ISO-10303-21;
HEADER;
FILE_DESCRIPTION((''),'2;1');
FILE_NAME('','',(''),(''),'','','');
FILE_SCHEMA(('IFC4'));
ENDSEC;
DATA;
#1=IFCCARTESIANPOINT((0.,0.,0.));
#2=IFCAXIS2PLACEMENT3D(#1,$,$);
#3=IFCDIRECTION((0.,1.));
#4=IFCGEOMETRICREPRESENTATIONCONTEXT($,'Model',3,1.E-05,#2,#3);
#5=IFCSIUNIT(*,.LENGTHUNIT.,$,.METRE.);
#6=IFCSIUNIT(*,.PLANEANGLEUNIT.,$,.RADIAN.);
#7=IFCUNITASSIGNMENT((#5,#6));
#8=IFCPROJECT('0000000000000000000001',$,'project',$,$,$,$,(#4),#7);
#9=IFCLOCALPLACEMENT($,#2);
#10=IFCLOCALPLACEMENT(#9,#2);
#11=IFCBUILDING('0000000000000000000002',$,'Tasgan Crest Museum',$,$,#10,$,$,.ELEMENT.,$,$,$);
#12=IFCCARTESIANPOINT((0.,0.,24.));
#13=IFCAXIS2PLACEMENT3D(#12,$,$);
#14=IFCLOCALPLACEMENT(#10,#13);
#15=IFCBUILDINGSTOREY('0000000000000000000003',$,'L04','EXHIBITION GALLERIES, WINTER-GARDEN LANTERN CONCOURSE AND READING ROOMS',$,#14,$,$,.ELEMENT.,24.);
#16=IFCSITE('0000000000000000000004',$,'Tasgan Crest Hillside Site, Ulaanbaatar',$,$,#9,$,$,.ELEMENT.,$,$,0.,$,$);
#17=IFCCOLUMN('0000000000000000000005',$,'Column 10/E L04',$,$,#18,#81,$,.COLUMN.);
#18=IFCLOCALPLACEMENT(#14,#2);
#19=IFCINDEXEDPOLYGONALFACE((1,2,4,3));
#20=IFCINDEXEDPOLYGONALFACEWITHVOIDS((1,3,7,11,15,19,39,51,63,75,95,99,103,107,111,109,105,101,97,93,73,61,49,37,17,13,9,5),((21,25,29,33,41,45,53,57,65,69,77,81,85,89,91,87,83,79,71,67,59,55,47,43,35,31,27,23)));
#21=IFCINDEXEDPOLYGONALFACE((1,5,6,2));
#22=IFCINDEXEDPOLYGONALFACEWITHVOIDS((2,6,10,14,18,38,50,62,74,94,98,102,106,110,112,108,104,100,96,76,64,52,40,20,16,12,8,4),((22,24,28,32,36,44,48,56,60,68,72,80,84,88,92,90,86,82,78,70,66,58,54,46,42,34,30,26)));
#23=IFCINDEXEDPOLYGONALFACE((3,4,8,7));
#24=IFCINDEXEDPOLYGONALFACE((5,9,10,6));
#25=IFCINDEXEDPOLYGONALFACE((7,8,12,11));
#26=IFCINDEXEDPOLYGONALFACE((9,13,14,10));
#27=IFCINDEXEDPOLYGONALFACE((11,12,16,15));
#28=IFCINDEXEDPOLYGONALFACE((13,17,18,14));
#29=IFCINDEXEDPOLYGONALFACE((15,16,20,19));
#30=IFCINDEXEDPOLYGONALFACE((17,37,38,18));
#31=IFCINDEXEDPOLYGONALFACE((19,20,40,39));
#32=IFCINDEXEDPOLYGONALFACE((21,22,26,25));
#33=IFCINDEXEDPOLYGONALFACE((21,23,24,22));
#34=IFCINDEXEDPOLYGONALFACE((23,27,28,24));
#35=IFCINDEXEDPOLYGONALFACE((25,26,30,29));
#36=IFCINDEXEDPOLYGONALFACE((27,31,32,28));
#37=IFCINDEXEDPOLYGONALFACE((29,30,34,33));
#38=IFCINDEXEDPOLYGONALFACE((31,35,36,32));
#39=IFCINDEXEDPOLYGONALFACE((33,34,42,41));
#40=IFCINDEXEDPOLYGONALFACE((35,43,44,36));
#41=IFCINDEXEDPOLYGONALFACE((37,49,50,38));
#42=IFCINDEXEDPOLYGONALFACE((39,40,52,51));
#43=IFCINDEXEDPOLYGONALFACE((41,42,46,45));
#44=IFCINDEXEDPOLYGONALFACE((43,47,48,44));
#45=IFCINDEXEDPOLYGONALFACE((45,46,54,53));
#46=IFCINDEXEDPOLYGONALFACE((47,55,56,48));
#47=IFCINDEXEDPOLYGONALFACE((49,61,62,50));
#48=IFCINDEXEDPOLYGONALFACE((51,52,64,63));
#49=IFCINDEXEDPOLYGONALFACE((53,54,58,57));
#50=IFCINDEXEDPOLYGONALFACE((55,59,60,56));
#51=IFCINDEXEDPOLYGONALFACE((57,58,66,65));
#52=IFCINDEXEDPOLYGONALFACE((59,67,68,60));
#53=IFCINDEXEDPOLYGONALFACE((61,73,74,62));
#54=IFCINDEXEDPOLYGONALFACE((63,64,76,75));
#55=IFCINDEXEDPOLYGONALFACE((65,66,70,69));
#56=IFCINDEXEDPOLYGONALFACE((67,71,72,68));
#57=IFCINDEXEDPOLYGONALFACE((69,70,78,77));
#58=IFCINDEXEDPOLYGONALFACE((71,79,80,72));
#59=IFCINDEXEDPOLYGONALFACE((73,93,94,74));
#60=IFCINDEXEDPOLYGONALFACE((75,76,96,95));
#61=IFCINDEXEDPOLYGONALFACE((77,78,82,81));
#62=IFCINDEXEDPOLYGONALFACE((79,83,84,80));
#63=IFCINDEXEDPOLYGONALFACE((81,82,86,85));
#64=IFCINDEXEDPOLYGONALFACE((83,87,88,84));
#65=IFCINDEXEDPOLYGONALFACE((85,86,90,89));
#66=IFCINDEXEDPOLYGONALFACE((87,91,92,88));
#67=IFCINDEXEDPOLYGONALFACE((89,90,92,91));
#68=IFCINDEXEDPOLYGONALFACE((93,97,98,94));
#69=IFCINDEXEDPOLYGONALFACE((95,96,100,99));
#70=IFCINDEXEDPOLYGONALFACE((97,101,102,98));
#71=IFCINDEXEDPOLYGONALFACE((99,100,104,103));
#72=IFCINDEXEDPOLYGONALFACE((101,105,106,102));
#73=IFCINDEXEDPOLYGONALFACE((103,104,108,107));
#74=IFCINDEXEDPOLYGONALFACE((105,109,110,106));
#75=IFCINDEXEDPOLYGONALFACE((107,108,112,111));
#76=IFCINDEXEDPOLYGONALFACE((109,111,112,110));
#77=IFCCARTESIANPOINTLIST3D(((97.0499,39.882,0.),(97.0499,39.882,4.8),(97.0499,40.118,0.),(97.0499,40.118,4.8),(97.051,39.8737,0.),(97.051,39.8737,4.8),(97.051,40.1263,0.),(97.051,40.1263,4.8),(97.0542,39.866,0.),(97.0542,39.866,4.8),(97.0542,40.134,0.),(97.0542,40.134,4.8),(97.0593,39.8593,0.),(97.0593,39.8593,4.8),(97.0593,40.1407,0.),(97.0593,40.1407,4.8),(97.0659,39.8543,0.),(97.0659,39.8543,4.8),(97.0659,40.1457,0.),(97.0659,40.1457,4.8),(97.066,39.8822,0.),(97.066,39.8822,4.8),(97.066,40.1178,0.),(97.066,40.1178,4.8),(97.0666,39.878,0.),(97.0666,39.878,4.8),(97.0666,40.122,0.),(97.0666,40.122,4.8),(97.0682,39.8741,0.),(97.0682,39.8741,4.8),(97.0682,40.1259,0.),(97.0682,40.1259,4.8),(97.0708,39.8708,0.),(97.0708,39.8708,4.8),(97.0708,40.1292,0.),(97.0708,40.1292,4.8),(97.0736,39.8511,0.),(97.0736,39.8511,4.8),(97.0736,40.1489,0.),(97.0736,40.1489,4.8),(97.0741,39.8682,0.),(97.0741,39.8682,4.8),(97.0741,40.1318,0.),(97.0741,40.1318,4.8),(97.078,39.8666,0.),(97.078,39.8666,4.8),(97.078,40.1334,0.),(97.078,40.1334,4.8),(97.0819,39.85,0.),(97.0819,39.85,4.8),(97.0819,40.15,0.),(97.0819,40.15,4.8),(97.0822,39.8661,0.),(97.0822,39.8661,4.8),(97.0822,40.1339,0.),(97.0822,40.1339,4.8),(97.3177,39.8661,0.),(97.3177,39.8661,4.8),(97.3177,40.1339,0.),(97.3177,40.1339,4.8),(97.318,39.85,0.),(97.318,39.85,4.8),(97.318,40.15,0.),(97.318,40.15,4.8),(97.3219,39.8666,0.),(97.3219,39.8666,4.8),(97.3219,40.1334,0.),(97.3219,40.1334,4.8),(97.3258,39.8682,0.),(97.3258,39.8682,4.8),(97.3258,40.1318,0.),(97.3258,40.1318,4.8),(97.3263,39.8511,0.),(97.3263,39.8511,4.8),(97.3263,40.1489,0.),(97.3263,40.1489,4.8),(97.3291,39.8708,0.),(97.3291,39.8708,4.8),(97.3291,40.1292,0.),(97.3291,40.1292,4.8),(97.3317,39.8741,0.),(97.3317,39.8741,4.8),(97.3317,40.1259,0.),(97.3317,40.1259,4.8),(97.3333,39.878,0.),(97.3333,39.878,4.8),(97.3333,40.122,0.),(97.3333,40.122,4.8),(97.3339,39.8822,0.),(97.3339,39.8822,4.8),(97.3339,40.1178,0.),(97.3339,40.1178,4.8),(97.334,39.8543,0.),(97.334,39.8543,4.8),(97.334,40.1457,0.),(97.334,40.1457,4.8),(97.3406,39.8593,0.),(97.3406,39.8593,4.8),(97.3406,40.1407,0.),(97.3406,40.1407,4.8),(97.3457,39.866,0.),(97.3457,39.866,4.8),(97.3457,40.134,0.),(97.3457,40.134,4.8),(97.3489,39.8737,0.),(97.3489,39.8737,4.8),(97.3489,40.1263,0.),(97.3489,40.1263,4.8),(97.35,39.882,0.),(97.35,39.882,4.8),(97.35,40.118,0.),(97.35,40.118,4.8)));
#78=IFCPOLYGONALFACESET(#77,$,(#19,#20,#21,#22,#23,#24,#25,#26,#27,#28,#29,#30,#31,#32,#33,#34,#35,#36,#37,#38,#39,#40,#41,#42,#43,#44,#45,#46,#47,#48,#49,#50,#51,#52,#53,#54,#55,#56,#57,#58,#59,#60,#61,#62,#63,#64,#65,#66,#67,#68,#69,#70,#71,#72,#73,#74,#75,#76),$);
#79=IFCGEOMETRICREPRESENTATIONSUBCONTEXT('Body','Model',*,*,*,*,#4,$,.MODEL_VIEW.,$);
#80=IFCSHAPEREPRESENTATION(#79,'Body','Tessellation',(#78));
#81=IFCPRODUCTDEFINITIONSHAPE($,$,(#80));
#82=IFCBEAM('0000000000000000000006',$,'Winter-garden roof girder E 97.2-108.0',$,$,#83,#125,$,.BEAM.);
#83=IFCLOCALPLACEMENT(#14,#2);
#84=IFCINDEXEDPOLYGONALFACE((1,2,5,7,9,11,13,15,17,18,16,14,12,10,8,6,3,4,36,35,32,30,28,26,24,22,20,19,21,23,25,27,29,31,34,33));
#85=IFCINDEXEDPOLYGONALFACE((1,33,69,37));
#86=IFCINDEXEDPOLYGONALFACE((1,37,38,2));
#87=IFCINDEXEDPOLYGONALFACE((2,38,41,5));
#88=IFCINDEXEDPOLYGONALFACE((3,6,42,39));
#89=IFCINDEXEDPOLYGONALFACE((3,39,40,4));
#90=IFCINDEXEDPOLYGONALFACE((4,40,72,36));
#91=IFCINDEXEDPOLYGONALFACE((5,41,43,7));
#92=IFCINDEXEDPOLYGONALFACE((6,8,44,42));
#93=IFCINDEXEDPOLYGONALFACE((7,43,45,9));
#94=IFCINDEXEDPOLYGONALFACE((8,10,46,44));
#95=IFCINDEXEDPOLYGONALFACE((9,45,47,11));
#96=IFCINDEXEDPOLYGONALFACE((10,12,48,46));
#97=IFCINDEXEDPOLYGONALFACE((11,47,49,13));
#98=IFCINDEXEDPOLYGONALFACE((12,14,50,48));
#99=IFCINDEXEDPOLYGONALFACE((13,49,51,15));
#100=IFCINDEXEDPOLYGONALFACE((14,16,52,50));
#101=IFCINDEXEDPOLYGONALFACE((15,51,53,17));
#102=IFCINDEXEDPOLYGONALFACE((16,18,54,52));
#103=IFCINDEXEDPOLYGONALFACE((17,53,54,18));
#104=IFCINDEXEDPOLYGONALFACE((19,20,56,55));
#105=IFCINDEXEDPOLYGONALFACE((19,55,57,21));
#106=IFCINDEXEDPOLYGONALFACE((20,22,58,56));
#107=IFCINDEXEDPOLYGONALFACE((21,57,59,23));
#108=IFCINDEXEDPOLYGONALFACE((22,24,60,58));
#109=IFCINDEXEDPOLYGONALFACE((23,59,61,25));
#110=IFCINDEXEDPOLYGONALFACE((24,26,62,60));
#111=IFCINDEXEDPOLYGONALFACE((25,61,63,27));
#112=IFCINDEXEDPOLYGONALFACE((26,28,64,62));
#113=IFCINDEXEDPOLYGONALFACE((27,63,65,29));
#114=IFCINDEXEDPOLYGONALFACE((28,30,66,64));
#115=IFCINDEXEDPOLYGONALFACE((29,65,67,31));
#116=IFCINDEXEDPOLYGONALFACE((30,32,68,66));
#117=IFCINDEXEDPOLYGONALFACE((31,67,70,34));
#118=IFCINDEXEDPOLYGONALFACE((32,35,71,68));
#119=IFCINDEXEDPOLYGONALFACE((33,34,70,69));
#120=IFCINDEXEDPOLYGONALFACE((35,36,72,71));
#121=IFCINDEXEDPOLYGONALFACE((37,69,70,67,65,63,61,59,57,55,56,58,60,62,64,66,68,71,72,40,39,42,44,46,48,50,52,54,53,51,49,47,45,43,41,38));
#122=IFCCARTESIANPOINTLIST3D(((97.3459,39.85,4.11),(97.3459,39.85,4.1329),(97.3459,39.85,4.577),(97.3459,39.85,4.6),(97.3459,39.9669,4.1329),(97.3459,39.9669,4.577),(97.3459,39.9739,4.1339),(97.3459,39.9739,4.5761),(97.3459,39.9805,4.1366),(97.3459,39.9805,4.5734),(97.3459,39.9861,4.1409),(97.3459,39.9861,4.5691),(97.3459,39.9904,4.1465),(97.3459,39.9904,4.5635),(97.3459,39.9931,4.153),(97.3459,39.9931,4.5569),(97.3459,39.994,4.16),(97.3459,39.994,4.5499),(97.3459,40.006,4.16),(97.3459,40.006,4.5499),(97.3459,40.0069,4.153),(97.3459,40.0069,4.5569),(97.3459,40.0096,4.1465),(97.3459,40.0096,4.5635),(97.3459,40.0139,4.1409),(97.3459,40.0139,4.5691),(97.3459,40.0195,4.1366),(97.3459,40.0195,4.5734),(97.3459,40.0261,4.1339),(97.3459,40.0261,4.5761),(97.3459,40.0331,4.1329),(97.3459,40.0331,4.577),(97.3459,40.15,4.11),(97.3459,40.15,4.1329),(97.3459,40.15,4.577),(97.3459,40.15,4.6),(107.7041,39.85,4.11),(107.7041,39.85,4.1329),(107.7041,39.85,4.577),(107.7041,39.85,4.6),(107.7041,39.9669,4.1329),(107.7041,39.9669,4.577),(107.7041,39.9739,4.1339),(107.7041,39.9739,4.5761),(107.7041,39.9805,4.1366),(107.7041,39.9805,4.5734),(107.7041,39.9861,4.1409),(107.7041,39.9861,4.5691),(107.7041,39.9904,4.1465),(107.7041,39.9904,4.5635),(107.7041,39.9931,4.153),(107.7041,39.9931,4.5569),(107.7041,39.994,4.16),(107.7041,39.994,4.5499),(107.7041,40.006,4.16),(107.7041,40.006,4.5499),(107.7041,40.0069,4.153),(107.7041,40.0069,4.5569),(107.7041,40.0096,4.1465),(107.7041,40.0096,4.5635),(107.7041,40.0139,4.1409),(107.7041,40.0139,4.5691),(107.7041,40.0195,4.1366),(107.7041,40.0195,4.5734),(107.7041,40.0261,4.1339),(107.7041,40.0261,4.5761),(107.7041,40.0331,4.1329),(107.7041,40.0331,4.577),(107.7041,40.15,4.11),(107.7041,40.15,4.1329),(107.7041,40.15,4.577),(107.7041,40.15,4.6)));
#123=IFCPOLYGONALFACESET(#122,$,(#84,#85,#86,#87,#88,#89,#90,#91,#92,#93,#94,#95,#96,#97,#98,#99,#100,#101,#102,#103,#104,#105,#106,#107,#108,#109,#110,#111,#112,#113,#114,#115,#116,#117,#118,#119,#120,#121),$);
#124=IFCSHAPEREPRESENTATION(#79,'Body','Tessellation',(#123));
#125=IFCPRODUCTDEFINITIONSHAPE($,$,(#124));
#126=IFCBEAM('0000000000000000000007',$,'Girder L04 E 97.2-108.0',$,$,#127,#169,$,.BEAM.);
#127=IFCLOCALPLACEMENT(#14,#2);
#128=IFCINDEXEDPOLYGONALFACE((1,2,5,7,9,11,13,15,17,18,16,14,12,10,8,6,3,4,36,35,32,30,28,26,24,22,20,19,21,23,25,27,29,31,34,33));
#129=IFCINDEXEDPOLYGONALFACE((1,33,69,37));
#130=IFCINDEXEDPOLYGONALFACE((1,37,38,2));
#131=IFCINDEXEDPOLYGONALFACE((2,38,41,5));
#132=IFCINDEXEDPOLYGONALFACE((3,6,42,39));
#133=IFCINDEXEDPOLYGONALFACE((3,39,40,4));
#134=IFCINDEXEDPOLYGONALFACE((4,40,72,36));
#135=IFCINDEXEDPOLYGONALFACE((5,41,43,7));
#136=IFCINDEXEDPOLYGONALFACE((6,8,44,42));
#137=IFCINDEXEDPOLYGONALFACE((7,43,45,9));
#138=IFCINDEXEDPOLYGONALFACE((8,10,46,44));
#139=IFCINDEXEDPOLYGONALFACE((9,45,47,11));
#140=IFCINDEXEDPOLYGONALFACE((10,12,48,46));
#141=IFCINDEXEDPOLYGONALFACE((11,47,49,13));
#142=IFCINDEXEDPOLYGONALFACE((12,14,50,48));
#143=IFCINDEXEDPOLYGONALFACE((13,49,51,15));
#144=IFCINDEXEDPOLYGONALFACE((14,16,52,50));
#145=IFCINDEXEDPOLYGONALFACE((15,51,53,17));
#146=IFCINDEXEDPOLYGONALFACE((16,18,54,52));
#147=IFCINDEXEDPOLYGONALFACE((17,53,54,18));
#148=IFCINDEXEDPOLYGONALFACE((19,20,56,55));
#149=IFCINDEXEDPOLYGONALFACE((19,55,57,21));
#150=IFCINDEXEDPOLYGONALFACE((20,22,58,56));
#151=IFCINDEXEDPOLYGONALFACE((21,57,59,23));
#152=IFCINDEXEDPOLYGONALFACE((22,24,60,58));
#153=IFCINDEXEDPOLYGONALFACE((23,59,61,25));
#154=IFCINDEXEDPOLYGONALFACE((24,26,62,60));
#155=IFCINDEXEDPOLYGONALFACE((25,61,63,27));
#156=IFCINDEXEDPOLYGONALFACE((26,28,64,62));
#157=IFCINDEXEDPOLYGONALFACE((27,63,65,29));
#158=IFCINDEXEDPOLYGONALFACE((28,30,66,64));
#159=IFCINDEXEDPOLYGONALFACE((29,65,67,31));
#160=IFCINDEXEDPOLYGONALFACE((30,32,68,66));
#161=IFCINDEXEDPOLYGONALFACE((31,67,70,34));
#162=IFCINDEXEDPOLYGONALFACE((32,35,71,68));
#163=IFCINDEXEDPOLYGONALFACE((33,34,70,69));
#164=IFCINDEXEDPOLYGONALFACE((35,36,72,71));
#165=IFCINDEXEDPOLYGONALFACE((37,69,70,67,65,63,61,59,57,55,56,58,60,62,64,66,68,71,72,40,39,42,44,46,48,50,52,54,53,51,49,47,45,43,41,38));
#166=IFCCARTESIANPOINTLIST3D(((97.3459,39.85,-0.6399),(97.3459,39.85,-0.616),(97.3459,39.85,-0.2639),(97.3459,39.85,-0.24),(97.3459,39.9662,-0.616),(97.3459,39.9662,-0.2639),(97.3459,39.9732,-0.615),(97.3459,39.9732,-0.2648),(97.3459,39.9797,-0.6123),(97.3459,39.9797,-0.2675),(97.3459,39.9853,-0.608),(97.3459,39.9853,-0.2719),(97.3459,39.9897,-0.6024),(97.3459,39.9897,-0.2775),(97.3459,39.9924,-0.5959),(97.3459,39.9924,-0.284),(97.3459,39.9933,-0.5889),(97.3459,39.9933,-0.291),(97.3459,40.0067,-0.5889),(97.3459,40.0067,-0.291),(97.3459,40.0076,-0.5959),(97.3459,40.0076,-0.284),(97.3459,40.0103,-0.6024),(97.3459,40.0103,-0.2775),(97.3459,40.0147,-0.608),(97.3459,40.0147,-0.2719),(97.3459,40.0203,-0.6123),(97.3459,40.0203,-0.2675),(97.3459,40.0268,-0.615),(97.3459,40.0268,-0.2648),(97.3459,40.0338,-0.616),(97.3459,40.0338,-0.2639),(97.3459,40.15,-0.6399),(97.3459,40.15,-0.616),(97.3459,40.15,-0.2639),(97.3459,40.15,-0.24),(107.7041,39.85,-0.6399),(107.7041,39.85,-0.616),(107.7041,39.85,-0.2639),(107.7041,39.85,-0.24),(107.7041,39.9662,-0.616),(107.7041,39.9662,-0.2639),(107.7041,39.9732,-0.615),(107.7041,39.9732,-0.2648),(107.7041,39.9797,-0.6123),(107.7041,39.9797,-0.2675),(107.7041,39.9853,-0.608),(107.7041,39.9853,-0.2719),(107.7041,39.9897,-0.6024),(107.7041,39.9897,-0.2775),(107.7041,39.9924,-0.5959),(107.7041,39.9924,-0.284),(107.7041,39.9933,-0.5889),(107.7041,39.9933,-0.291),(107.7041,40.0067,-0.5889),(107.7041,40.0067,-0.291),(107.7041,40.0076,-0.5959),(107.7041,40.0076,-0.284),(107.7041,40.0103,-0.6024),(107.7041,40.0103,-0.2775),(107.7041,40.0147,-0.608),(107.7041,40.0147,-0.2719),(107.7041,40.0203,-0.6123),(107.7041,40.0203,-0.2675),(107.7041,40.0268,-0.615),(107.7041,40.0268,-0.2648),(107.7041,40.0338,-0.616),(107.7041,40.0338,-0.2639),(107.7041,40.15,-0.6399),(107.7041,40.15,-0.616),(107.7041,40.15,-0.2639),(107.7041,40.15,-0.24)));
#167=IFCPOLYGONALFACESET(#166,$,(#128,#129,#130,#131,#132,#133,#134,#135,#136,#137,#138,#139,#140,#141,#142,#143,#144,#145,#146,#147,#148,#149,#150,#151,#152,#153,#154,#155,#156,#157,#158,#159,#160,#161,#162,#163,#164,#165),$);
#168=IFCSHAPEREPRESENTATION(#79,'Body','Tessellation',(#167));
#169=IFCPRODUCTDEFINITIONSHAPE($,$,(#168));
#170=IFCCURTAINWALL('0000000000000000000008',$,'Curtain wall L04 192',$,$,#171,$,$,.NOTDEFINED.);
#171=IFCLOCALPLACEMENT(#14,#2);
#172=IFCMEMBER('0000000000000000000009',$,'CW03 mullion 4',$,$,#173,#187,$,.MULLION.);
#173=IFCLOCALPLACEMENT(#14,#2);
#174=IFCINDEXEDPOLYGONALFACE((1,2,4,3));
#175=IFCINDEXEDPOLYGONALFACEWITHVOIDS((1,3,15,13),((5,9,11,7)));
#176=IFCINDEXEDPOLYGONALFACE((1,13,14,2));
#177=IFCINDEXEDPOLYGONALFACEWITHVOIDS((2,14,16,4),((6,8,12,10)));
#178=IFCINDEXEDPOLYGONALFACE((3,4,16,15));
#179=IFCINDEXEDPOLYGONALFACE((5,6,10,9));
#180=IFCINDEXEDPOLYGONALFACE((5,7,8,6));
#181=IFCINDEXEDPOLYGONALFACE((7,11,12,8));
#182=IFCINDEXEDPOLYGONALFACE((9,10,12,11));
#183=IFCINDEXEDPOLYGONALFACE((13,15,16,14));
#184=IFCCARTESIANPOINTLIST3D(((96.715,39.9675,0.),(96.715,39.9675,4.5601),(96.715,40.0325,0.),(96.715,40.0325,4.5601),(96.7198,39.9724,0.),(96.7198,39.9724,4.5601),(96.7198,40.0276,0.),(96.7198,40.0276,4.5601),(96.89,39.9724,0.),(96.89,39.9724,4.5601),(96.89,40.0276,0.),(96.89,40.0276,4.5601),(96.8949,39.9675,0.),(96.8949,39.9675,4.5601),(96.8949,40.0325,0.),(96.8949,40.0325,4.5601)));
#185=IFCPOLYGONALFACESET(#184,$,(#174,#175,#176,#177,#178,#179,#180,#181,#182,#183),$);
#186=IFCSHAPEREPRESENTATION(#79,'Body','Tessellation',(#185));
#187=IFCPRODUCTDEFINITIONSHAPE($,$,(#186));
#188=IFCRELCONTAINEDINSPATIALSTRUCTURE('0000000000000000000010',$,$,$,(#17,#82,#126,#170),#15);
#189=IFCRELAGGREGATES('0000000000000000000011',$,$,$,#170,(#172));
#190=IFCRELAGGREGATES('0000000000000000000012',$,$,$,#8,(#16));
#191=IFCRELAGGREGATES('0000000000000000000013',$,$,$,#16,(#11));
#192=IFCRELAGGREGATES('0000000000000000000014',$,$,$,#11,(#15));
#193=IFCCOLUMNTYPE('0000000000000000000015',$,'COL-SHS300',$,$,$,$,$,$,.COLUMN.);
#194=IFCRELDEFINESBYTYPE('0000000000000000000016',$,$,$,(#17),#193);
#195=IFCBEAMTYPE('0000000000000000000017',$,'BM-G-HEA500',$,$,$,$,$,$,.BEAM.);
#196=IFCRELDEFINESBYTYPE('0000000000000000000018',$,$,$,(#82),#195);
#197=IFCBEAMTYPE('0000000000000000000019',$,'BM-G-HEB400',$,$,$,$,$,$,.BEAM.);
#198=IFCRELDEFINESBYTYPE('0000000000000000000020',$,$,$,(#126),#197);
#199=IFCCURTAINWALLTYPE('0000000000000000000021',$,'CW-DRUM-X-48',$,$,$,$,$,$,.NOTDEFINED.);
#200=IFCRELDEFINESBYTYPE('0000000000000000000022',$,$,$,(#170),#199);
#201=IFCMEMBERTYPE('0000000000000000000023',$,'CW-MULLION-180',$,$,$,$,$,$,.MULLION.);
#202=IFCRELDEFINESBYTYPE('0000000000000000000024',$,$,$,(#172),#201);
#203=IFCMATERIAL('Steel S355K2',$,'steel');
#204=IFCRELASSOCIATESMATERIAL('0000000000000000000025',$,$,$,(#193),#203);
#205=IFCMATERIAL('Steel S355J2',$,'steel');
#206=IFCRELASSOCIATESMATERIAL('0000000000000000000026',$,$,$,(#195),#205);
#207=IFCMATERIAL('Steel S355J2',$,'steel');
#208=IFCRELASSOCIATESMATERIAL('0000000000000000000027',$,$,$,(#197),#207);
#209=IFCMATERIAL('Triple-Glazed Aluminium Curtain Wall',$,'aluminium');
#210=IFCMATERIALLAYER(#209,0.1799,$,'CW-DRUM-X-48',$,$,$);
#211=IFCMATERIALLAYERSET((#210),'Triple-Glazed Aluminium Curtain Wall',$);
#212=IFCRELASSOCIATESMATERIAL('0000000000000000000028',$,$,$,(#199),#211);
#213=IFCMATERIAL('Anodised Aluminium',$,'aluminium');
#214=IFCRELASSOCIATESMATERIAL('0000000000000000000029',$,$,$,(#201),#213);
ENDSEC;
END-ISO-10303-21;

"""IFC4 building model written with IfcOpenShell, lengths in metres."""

from ifc_helpers import new_model, si_unit, direction, frame, origin, origin_2d, place, context, subcontext, project, spatial, hollow_rectangle, i_section, extrude, material, layer, layer_set, material_profile, profile_set, type_object, element, aggregate, save


model = new_model("IFC4")

# Units and contexts
model_context = context("Model", 3, precision=1e-05, world=origin(), true_north=direction((0.0, 1.0)))
body_context = subcontext(model_context, "Body", "Model", "MODEL_VIEW")
ifc_project = project(units=[si_unit("LENGTHUNIT", "METRE"), si_unit("PLANEANGLEUNIT", "RADIAN")], contexts=[model_context])

# Site, building, storey
site_placement = place(None, origin())
site = spatial("IfcSite", under=ifc_project, at=site_placement, Name="Tasgan Crest Hillside Site, Ulaanbaatar", CompositionType="ELEMENT", RefElevation=0.0)
building_placement = place(site_placement, origin())
building = spatial("IfcBuilding", under=site, at=building_placement, Name="Tasgan Crest Museum", CompositionType="ELEMENT")
storey_placement = place(building_placement, frame((0.0, 0.0, 24.0)))
storey = spatial("IfcBuildingStorey", under=building, at=storey_placement, Name="L04", Description="EXHIBITION GALLERIES, WINTER-GARDEN LANTERN CONCOURSE AND READING ROOMS", CompositionType="ELEMENT", Elevation=24.0)

# Column
ifc_material_1 = material(Name="Steel S355K2", Category="steel")
ifc_material_profile_1 = material_profile(ifc_material_1, hollow_rectangle(XDim=0.3, YDim=0.3, WallThickness=0.0161, InnerFilletRadius=0.0161, OuterFilletRadius=0.032, at=origin_2d()), Name="SHS 300x300x16")
ifc_profile_set_1 = profile_set([ifc_material_profile_1], Name="Steel S355K2")
column_type = type_object("IfcColumnType", Name="COL-SHS300", PredefinedType="COLUMN", material=ifc_profile_set_1)
column_placement = place(storey_placement, frame((97.2, 40.0, 0.0), z_axis=(0.0, 0.0, 1.0), x_axis=(1.0, 0.0, 0.0)))
element("IfcColumn", 1, at=column_placement, inside=storey, type_object=column_type, Name="Column 10/E L04", PredefinedType="COLUMN", context=body_context, shape_type="SweptSolid", body=[
    extrude(hollow_rectangle(XDim=0.3, YDim=0.3, WallThickness=0.0161, InnerFilletRadius=0.0161, OuterFilletRadius=0.032, at=origin_2d()), origin(), (0.0, 0.0, 1.0), 4.8),
])

# Beams
ifc_material_2 = material(Name="Steel S355J2", Category="steel")
ifc_material_profile_2 = material_profile(ifc_material_2, i_section(OverallWidth=0.3, OverallDepth=0.49, WebThickness=0.012, FlangeThickness=0.0229, FilletRadius=0.0271, at=origin_2d()), Name="HEA 500")
ifc_profile_set_2 = profile_set([ifc_material_profile_2], Name="Steel S355J2")
beam_type_1 = type_object("IfcBeamType", Name="BM-G-HEA500", PredefinedType="BEAM", material=ifc_profile_set_2)
beam_1_placement = place(storey_placement, frame((97.3459, 40.0, 4.355), z_axis=(1.0, 0.0, 0.0), x_axis=(0.0, 1.0, 0.0)))
element("IfcBeam", 2, at=beam_1_placement, inside=storey, type_object=beam_type_1, Name="Winter-garden roof girder E 97.2-108.0", PredefinedType="BEAM", context=body_context, shape_type="SweptSolid", body=[
    extrude(i_section(OverallWidth=0.3, OverallDepth=0.49, WebThickness=0.012, FlangeThickness=0.0229, FilletRadius=0.0271, at=origin_2d()), origin(), (0.0, 0.0, 1.0), 10.3582),
])
ifc_material_3 = material(Name="Steel S355J2", Category="steel")
ifc_material_profile_3 = material_profile(ifc_material_3, i_section(OverallWidth=0.3, OverallDepth=0.3999, WebThickness=0.0134, FlangeThickness=0.0239, FilletRadius=0.0271, at=origin_2d()), Name="HEB 400")
ifc_profile_set_3 = profile_set([ifc_material_profile_3], Name="Steel S355J2")
beam_type_2 = type_object("IfcBeamType", Name="BM-G-HEB400", PredefinedType="BEAM", material=ifc_profile_set_3)
beam_2_placement = place(storey_placement, frame((97.3459, 40.0, -0.4399), z_axis=(1.0, 0.0, 0.0), x_axis=(0.0, 1.0, 0.0)))
element("IfcBeam", 3, at=beam_2_placement, inside=storey, type_object=beam_type_2, Name="Girder L04 E 97.2-108.0", PredefinedType="BEAM", context=body_context, shape_type="SweptSolid", body=[
    extrude(i_section(OverallWidth=0.3, OverallDepth=0.3999, WebThickness=0.0134, FlangeThickness=0.0239, FilletRadius=0.0271, at=origin_2d()), origin(), (0.0, 0.0, 1.0), 10.3582),
])

# Curtain wall, member
ifc_material_4 = material(Name="Triple-Glazed Aluminium Curtain Wall", Category="aluminium")
ifc_layer_1 = layer(ifc_material_4, 0.1799, Name="CW-DRUM-X-48")
ifc_layer_set_1 = layer_set([ifc_layer_1], Name="Triple-Glazed Aluminium Curtain Wall")
curtain_wall_type = type_object("IfcCurtainWallType", Name="CW-DRUM-X-48", PredefinedType="NOTDEFINED", material=ifc_layer_set_1)
curtain_wall_1_placement = place(storey_placement, origin())
curtain_wall_1 = element("IfcCurtainWall", 4, at=curtain_wall_1_placement, inside=storey, type_object=curtain_wall_type, Name="Curtain wall L04 192", PredefinedType="NOTDEFINED")
ifc_material_5 = material(Name="Anodised Aluminium", Category="aluminium")
ifc_material_profile_4 = material_profile(ifc_material_5, hollow_rectangle(XDim=0.0649, YDim=0.1799, WallThickness=0.0049, at=origin_2d()), Name="ALU MULLION 180x65x5")
ifc_profile_set_4 = profile_set([ifc_material_profile_4], Name="Anodised Aluminium")
member_type_1 = type_object("IfcMemberType", Name="CW-MULLION-180", PredefinedType="MULLION", material=ifc_profile_set_4)
member_1_placement = place(storey_placement, frame((96.8049, 40.0, 0.0), z_axis=(0.0, 0.0, 1.0), x_axis=(0.0, 1.0, 0.0)))
member_1 = element("IfcMember", 5, at=member_1_placement, type_object=member_type_1, Name="CW03 mullion 4", PredefinedType="MULLION", context=body_context, shape_type="SweptSolid", body=[
    extrude(hollow_rectangle(XDim=0.0649, YDim=0.1799, WallThickness=0.0049, at=origin_2d()), origin(), (0.0, 0.0, 1.0), 4.5601),
])

aggregate(curtain_wall_1, [member_1])

save(model, "model.ifc")
